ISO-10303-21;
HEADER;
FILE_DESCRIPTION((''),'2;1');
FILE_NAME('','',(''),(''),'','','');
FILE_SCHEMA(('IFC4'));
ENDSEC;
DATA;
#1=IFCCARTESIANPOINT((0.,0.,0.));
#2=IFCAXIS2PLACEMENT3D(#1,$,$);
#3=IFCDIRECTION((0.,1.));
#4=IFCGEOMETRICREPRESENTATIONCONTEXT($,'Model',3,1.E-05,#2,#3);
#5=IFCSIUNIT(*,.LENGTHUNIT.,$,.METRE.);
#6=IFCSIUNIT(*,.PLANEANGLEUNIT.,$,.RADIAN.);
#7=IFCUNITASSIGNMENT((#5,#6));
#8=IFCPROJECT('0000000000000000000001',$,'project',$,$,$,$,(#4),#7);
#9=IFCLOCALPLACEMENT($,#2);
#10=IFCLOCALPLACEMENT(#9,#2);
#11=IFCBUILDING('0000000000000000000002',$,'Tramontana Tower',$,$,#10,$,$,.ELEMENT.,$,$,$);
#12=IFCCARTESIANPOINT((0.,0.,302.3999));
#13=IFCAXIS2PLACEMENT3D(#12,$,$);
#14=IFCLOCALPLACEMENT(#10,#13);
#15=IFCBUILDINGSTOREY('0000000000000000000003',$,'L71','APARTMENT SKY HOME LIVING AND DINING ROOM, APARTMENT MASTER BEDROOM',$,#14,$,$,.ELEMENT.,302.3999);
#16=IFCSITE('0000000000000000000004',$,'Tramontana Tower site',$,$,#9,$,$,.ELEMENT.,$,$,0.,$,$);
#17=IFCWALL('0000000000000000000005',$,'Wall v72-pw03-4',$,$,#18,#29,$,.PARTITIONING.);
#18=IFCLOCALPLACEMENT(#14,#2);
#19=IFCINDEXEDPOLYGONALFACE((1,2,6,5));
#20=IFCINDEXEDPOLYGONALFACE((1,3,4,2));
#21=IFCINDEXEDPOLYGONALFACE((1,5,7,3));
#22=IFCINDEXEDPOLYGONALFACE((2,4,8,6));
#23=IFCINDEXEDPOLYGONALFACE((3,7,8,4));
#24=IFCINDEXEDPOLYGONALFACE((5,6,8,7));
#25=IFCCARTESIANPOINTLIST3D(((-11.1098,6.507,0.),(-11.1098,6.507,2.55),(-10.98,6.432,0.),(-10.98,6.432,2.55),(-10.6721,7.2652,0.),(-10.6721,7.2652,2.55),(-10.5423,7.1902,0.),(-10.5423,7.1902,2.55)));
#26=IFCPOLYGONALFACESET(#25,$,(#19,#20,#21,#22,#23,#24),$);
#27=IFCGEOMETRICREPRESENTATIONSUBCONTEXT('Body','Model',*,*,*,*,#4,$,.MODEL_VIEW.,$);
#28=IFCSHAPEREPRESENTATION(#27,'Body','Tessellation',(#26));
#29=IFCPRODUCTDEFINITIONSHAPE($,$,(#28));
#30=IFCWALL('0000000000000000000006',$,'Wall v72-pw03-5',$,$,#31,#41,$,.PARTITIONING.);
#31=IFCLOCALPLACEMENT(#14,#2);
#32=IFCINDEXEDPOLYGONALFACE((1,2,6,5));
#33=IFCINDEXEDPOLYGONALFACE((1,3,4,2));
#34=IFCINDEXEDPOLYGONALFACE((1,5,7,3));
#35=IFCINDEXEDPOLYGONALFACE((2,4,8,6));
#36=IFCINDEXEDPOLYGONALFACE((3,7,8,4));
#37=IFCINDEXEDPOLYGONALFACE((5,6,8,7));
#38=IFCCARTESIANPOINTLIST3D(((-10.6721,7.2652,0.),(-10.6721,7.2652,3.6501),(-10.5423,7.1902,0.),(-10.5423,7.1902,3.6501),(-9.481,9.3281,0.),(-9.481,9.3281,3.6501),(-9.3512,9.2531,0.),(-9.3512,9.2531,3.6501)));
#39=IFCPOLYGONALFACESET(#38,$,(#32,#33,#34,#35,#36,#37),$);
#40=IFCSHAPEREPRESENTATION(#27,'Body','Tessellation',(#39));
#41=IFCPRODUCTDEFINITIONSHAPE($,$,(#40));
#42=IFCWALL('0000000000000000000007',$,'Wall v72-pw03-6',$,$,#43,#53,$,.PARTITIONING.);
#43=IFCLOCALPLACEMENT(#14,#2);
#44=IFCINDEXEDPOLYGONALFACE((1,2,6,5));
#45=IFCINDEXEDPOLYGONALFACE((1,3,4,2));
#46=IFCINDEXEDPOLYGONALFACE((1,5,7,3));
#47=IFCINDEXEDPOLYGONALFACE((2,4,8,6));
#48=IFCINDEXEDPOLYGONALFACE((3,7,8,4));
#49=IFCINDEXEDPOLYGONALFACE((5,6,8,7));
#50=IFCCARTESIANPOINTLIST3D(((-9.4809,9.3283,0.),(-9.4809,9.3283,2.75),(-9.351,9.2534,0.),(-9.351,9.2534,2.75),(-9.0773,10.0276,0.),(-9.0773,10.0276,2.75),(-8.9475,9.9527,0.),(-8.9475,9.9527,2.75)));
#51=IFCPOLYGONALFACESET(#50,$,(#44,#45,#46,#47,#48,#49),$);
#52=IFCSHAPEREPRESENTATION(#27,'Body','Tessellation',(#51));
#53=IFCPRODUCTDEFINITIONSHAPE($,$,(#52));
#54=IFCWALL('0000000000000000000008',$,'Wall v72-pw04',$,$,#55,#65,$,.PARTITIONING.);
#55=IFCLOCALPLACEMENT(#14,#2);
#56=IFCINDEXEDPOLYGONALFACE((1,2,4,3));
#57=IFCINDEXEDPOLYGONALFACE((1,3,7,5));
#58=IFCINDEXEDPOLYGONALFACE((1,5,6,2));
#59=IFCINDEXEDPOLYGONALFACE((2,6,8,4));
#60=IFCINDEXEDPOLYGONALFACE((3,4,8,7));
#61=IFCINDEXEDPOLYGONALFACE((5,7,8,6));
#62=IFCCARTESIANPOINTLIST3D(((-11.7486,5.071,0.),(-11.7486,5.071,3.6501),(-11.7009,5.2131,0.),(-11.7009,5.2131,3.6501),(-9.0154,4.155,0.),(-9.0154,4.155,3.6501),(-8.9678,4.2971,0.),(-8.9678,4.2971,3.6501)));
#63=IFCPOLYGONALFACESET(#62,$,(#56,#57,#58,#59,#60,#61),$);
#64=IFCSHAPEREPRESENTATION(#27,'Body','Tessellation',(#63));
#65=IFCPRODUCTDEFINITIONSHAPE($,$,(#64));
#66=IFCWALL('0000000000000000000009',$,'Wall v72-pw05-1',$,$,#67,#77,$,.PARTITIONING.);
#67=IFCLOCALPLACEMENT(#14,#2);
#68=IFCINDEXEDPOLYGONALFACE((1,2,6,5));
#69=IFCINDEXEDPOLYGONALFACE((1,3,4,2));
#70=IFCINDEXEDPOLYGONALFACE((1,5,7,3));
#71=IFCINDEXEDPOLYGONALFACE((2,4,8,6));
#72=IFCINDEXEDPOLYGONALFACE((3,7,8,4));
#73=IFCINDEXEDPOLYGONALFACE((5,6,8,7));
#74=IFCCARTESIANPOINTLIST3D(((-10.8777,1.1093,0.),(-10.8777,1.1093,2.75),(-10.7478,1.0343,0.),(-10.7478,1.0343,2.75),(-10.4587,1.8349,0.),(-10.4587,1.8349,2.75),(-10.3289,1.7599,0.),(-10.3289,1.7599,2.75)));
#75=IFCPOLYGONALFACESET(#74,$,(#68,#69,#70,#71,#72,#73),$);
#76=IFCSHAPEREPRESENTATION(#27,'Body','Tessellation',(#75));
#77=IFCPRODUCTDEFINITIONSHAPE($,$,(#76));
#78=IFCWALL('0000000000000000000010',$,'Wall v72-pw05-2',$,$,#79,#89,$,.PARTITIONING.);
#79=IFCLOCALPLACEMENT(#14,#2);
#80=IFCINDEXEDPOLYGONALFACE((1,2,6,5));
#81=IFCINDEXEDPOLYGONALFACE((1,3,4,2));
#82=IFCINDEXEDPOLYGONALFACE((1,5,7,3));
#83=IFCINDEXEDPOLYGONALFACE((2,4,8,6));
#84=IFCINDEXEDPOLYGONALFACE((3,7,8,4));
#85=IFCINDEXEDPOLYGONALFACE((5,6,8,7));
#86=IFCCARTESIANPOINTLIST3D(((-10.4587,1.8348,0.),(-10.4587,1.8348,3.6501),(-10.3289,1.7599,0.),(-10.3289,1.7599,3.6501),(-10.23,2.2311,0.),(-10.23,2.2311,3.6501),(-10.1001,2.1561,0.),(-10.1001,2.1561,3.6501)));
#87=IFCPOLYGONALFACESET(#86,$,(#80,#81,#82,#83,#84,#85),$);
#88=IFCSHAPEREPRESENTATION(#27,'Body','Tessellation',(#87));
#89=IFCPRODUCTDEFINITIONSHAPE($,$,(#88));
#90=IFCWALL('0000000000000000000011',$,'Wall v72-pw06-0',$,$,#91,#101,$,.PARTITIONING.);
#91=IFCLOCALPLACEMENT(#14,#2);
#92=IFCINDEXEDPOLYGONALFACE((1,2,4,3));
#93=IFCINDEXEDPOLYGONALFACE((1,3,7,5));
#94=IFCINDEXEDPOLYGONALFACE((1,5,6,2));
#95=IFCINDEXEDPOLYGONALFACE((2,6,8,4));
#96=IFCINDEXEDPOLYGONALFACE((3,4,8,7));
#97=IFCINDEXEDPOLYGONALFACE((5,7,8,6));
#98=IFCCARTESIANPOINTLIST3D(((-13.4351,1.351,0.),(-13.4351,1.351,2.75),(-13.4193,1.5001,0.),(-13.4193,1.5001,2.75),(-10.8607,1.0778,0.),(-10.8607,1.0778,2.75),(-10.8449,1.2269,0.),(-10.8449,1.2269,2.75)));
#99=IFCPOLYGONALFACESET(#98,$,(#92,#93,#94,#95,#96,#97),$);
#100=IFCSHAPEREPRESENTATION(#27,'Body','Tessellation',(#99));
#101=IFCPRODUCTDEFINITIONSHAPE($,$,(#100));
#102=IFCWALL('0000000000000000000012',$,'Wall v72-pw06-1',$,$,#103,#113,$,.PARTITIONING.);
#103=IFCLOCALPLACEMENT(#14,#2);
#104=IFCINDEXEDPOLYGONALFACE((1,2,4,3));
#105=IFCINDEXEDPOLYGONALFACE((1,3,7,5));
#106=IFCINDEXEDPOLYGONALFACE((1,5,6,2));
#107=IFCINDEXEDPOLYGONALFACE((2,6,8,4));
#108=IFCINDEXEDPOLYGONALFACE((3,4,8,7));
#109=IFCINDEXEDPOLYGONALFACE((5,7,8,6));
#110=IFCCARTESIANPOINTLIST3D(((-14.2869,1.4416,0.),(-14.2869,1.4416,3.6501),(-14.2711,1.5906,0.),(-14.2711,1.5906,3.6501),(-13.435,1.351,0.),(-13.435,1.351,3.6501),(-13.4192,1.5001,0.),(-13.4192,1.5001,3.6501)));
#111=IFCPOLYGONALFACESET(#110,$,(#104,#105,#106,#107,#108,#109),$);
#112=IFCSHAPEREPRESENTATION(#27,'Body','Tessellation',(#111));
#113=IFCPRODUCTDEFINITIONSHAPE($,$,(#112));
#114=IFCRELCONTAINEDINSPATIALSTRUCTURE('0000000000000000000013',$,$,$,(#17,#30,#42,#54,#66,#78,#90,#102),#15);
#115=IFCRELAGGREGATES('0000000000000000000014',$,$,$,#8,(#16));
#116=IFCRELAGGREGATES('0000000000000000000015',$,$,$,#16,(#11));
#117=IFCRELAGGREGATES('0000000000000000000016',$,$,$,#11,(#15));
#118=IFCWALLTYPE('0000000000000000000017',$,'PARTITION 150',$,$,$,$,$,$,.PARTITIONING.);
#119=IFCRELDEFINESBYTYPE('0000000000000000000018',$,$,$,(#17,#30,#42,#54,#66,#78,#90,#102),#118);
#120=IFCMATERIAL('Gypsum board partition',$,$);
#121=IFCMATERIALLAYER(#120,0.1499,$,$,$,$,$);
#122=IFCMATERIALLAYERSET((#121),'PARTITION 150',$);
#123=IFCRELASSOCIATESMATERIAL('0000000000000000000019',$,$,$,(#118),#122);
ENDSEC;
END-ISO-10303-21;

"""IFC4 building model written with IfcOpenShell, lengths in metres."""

from ifc_helpers import new_model, si_unit, direction, frame, frame_2d, origin, place, context, subcontext, project, spatial, rectangle, extrude, material, layer, layer_set, type_object, element, save


model = new_model("IFC4")

# Units and contexts
model_context = context("Model", 3, precision=1e-05, world=origin(), true_north=direction((0.0, 1.0)))
body_context = subcontext(model_context, "Body", "Model", "MODEL_VIEW")
ifc_project = project(units=[si_unit("LENGTHUNIT", "METRE"), si_unit("PLANEANGLEUNIT", "RADIAN")], contexts=[model_context])

# Site, building, storey
site_placement = place(None, origin())
site = spatial("IfcSite", under=ifc_project, at=site_placement, Name="Tramontana Tower site", CompositionType="ELEMENT", RefElevation=0.0)
building_placement = place(site_placement, origin())
building = spatial("IfcBuilding", under=site, at=building_placement, Name="Tramontana Tower", CompositionType="ELEMENT")
storey_placement = place(building_placement, frame((0.0, 0.0, 302.3999)))
storey = spatial("IfcBuildingStorey", under=building, at=storey_placement, Name="L71", Description="APARTMENT SKY HOME LIVING AND DINING ROOM, APARTMENT MASTER BEDROOM", CompositionType="ELEMENT", Elevation=302.3999)

# Shared definitions
ifc_material_1 = material(Name="Gypsum board partition")
ifc_layer_1 = layer(ifc_material_1, 0.1499)
ifc_layer_set_1 = layer_set([ifc_layer_1], Name="PARTITION 150")
wall_type_1 = type_object("IfcWallType", Name="PARTITION 150", PredefinedType="PARTITIONING", material=ifc_layer_set_1)

# Walls
wall_1_placement = place(storey_placement, frame((-11.0449, 6.4695, 0.0), z_axis=(0.0, 0.0, 1.0), x_axis=(0.499948, 0.866056, 0.0)))
element("IfcWall", 1, at=wall_1_placement, inside=storey, type_object=wall_type_1, Name="Wall v72-pw03-4", PredefinedType="PARTITIONING", context=body_context, shape_type="SweptSolid", body=[
    extrude(rectangle(XDim=0.8755, YDim=0.1499, at=frame_2d((0.4377, 0.0))), origin(), (0.0, 0.0, 1.0), 2.55),
])
wall_2_placement = place(storey_placement, frame((-10.6072, 7.2278, 0.0), z_axis=(0.0, 0.0, 1.0), x_axis=(0.50003, 0.866008, 0.0)))
element("IfcWall", 2, at=wall_2_placement, inside=storey, type_object=wall_type_1, Name="Wall v72-pw03-5", PredefinedType="PARTITIONING", context=body_context, shape_type="SweptSolid", body=[
    extrude(rectangle(XDim=2.3821, YDim=0.1499, at=frame_2d((1.1909, 0.0))), origin(), (0.0, 0.0, 1.0), 3.6501),
])
wall_3_placement = place(storey_placement, frame((-9.416, 9.2908, 0.0), z_axis=(0.0, 0.0, 1.0), x_axis=(0.49988, 0.866095, 0.0)))
element("IfcWall", 3, at=wall_3_placement, inside=storey, type_object=wall_type_1, Name="Wall v72-pw03-6", PredefinedType="PARTITIONING", context=body_context, shape_type="SweptSolid", body=[
    extrude(rectangle(XDim=0.8074, YDim=0.1499, at=frame_2d((0.4038, 0.0))), origin(), (0.0, 0.0, 1.0), 2.75),
])
wall_4_placement = place(storey_placement, frame((-11.7249, 5.1421, 0.0), z_axis=(0.0, 0.0, 1.0), x_axis=(0.948165, -0.317777, 0.0)))
element("IfcWall", 4, at=wall_4_placement, inside=storey, type_object=wall_type_1, Name="Wall v72-pw04", PredefinedType="PARTITIONING", context=body_context, shape_type="SweptSolid", body=[
    extrude(rectangle(XDim=2.8826, YDim=0.1499, at=frame_2d((1.4414, 0.0))), origin(), (0.0, 0.0, 1.0), 3.6501),
])
wall_5_placement = place(storey_placement, frame((-10.8127, 1.0718, 0.0), z_axis=(0.0, 0.0, 1.0), x_axis=(0.500025, 0.866011, 0.0)))
element("IfcWall", 5, at=wall_5_placement, inside=storey, type_object=wall_type_1, Name="Wall v72-pw05-1", PredefinedType="PARTITIONING", context=body_context, shape_type="SweptSolid", body=[
    extrude(rectangle(XDim=0.8379, YDim=0.1499, at=frame_2d((0.4189, 0.0))), origin(), (0.0, 0.0, 1.0), 2.75),
])
wall_6_placement = place(storey_placement, frame((-10.3938, 1.7974, 0.0), z_axis=(0.0, 0.0, 1.0), x_axis=(0.499984, 0.866035, 0.0)))
element("IfcWall", 6, at=wall_6_placement, inside=storey, type_object=wall_type_1, Name="Wall v72-pw05-2", PredefinedType="PARTITIONING", context=body_context, shape_type="SweptSolid", body=[
    extrude(rectangle(XDim=0.4575, YDim=0.1499, at=frame_2d((0.2288, 0.0))), origin(), (0.0, 0.0, 1.0), 3.6501),
])
wall_7_placement = place(storey_placement, frame((-10.8528, 1.1523, 0.0), z_axis=(0.0, 0.0, 1.0), x_axis=(-0.994417, 0.105524, 0.0)))
element("IfcWall", 7, at=wall_7_placement, inside=storey, type_object=wall_type_1, Name="Wall v72-pw06-0", PredefinedType="PARTITIONING", context=body_context, shape_type="SweptSolid", body=[
    extrude(rectangle(XDim=2.5889, YDim=0.1499, at=frame_2d((1.2944, 0.0))), origin(), (0.0, 0.0, 1.0), 2.75),
])
wall_8_placement = place(storey_placement, frame((-13.4272, 1.4255, 0.0), z_axis=(0.0, 0.0, 1.0), x_axis=(-0.994394, 0.105738, 0.0)))
element("IfcWall", 8, at=wall_8_placement, inside=storey, type_object=wall_type_1, Name="Wall v72-pw06-1", PredefinedType="PARTITIONING", context=body_context, shape_type="SweptSolid", body=[
    extrude(rectangle(XDim=0.8567, YDim=0.1499, at=frame_2d((0.4282, 0.0))), origin(), (0.0, 0.0, 1.0), 3.6501),
])

save(model, "model.ifc")
